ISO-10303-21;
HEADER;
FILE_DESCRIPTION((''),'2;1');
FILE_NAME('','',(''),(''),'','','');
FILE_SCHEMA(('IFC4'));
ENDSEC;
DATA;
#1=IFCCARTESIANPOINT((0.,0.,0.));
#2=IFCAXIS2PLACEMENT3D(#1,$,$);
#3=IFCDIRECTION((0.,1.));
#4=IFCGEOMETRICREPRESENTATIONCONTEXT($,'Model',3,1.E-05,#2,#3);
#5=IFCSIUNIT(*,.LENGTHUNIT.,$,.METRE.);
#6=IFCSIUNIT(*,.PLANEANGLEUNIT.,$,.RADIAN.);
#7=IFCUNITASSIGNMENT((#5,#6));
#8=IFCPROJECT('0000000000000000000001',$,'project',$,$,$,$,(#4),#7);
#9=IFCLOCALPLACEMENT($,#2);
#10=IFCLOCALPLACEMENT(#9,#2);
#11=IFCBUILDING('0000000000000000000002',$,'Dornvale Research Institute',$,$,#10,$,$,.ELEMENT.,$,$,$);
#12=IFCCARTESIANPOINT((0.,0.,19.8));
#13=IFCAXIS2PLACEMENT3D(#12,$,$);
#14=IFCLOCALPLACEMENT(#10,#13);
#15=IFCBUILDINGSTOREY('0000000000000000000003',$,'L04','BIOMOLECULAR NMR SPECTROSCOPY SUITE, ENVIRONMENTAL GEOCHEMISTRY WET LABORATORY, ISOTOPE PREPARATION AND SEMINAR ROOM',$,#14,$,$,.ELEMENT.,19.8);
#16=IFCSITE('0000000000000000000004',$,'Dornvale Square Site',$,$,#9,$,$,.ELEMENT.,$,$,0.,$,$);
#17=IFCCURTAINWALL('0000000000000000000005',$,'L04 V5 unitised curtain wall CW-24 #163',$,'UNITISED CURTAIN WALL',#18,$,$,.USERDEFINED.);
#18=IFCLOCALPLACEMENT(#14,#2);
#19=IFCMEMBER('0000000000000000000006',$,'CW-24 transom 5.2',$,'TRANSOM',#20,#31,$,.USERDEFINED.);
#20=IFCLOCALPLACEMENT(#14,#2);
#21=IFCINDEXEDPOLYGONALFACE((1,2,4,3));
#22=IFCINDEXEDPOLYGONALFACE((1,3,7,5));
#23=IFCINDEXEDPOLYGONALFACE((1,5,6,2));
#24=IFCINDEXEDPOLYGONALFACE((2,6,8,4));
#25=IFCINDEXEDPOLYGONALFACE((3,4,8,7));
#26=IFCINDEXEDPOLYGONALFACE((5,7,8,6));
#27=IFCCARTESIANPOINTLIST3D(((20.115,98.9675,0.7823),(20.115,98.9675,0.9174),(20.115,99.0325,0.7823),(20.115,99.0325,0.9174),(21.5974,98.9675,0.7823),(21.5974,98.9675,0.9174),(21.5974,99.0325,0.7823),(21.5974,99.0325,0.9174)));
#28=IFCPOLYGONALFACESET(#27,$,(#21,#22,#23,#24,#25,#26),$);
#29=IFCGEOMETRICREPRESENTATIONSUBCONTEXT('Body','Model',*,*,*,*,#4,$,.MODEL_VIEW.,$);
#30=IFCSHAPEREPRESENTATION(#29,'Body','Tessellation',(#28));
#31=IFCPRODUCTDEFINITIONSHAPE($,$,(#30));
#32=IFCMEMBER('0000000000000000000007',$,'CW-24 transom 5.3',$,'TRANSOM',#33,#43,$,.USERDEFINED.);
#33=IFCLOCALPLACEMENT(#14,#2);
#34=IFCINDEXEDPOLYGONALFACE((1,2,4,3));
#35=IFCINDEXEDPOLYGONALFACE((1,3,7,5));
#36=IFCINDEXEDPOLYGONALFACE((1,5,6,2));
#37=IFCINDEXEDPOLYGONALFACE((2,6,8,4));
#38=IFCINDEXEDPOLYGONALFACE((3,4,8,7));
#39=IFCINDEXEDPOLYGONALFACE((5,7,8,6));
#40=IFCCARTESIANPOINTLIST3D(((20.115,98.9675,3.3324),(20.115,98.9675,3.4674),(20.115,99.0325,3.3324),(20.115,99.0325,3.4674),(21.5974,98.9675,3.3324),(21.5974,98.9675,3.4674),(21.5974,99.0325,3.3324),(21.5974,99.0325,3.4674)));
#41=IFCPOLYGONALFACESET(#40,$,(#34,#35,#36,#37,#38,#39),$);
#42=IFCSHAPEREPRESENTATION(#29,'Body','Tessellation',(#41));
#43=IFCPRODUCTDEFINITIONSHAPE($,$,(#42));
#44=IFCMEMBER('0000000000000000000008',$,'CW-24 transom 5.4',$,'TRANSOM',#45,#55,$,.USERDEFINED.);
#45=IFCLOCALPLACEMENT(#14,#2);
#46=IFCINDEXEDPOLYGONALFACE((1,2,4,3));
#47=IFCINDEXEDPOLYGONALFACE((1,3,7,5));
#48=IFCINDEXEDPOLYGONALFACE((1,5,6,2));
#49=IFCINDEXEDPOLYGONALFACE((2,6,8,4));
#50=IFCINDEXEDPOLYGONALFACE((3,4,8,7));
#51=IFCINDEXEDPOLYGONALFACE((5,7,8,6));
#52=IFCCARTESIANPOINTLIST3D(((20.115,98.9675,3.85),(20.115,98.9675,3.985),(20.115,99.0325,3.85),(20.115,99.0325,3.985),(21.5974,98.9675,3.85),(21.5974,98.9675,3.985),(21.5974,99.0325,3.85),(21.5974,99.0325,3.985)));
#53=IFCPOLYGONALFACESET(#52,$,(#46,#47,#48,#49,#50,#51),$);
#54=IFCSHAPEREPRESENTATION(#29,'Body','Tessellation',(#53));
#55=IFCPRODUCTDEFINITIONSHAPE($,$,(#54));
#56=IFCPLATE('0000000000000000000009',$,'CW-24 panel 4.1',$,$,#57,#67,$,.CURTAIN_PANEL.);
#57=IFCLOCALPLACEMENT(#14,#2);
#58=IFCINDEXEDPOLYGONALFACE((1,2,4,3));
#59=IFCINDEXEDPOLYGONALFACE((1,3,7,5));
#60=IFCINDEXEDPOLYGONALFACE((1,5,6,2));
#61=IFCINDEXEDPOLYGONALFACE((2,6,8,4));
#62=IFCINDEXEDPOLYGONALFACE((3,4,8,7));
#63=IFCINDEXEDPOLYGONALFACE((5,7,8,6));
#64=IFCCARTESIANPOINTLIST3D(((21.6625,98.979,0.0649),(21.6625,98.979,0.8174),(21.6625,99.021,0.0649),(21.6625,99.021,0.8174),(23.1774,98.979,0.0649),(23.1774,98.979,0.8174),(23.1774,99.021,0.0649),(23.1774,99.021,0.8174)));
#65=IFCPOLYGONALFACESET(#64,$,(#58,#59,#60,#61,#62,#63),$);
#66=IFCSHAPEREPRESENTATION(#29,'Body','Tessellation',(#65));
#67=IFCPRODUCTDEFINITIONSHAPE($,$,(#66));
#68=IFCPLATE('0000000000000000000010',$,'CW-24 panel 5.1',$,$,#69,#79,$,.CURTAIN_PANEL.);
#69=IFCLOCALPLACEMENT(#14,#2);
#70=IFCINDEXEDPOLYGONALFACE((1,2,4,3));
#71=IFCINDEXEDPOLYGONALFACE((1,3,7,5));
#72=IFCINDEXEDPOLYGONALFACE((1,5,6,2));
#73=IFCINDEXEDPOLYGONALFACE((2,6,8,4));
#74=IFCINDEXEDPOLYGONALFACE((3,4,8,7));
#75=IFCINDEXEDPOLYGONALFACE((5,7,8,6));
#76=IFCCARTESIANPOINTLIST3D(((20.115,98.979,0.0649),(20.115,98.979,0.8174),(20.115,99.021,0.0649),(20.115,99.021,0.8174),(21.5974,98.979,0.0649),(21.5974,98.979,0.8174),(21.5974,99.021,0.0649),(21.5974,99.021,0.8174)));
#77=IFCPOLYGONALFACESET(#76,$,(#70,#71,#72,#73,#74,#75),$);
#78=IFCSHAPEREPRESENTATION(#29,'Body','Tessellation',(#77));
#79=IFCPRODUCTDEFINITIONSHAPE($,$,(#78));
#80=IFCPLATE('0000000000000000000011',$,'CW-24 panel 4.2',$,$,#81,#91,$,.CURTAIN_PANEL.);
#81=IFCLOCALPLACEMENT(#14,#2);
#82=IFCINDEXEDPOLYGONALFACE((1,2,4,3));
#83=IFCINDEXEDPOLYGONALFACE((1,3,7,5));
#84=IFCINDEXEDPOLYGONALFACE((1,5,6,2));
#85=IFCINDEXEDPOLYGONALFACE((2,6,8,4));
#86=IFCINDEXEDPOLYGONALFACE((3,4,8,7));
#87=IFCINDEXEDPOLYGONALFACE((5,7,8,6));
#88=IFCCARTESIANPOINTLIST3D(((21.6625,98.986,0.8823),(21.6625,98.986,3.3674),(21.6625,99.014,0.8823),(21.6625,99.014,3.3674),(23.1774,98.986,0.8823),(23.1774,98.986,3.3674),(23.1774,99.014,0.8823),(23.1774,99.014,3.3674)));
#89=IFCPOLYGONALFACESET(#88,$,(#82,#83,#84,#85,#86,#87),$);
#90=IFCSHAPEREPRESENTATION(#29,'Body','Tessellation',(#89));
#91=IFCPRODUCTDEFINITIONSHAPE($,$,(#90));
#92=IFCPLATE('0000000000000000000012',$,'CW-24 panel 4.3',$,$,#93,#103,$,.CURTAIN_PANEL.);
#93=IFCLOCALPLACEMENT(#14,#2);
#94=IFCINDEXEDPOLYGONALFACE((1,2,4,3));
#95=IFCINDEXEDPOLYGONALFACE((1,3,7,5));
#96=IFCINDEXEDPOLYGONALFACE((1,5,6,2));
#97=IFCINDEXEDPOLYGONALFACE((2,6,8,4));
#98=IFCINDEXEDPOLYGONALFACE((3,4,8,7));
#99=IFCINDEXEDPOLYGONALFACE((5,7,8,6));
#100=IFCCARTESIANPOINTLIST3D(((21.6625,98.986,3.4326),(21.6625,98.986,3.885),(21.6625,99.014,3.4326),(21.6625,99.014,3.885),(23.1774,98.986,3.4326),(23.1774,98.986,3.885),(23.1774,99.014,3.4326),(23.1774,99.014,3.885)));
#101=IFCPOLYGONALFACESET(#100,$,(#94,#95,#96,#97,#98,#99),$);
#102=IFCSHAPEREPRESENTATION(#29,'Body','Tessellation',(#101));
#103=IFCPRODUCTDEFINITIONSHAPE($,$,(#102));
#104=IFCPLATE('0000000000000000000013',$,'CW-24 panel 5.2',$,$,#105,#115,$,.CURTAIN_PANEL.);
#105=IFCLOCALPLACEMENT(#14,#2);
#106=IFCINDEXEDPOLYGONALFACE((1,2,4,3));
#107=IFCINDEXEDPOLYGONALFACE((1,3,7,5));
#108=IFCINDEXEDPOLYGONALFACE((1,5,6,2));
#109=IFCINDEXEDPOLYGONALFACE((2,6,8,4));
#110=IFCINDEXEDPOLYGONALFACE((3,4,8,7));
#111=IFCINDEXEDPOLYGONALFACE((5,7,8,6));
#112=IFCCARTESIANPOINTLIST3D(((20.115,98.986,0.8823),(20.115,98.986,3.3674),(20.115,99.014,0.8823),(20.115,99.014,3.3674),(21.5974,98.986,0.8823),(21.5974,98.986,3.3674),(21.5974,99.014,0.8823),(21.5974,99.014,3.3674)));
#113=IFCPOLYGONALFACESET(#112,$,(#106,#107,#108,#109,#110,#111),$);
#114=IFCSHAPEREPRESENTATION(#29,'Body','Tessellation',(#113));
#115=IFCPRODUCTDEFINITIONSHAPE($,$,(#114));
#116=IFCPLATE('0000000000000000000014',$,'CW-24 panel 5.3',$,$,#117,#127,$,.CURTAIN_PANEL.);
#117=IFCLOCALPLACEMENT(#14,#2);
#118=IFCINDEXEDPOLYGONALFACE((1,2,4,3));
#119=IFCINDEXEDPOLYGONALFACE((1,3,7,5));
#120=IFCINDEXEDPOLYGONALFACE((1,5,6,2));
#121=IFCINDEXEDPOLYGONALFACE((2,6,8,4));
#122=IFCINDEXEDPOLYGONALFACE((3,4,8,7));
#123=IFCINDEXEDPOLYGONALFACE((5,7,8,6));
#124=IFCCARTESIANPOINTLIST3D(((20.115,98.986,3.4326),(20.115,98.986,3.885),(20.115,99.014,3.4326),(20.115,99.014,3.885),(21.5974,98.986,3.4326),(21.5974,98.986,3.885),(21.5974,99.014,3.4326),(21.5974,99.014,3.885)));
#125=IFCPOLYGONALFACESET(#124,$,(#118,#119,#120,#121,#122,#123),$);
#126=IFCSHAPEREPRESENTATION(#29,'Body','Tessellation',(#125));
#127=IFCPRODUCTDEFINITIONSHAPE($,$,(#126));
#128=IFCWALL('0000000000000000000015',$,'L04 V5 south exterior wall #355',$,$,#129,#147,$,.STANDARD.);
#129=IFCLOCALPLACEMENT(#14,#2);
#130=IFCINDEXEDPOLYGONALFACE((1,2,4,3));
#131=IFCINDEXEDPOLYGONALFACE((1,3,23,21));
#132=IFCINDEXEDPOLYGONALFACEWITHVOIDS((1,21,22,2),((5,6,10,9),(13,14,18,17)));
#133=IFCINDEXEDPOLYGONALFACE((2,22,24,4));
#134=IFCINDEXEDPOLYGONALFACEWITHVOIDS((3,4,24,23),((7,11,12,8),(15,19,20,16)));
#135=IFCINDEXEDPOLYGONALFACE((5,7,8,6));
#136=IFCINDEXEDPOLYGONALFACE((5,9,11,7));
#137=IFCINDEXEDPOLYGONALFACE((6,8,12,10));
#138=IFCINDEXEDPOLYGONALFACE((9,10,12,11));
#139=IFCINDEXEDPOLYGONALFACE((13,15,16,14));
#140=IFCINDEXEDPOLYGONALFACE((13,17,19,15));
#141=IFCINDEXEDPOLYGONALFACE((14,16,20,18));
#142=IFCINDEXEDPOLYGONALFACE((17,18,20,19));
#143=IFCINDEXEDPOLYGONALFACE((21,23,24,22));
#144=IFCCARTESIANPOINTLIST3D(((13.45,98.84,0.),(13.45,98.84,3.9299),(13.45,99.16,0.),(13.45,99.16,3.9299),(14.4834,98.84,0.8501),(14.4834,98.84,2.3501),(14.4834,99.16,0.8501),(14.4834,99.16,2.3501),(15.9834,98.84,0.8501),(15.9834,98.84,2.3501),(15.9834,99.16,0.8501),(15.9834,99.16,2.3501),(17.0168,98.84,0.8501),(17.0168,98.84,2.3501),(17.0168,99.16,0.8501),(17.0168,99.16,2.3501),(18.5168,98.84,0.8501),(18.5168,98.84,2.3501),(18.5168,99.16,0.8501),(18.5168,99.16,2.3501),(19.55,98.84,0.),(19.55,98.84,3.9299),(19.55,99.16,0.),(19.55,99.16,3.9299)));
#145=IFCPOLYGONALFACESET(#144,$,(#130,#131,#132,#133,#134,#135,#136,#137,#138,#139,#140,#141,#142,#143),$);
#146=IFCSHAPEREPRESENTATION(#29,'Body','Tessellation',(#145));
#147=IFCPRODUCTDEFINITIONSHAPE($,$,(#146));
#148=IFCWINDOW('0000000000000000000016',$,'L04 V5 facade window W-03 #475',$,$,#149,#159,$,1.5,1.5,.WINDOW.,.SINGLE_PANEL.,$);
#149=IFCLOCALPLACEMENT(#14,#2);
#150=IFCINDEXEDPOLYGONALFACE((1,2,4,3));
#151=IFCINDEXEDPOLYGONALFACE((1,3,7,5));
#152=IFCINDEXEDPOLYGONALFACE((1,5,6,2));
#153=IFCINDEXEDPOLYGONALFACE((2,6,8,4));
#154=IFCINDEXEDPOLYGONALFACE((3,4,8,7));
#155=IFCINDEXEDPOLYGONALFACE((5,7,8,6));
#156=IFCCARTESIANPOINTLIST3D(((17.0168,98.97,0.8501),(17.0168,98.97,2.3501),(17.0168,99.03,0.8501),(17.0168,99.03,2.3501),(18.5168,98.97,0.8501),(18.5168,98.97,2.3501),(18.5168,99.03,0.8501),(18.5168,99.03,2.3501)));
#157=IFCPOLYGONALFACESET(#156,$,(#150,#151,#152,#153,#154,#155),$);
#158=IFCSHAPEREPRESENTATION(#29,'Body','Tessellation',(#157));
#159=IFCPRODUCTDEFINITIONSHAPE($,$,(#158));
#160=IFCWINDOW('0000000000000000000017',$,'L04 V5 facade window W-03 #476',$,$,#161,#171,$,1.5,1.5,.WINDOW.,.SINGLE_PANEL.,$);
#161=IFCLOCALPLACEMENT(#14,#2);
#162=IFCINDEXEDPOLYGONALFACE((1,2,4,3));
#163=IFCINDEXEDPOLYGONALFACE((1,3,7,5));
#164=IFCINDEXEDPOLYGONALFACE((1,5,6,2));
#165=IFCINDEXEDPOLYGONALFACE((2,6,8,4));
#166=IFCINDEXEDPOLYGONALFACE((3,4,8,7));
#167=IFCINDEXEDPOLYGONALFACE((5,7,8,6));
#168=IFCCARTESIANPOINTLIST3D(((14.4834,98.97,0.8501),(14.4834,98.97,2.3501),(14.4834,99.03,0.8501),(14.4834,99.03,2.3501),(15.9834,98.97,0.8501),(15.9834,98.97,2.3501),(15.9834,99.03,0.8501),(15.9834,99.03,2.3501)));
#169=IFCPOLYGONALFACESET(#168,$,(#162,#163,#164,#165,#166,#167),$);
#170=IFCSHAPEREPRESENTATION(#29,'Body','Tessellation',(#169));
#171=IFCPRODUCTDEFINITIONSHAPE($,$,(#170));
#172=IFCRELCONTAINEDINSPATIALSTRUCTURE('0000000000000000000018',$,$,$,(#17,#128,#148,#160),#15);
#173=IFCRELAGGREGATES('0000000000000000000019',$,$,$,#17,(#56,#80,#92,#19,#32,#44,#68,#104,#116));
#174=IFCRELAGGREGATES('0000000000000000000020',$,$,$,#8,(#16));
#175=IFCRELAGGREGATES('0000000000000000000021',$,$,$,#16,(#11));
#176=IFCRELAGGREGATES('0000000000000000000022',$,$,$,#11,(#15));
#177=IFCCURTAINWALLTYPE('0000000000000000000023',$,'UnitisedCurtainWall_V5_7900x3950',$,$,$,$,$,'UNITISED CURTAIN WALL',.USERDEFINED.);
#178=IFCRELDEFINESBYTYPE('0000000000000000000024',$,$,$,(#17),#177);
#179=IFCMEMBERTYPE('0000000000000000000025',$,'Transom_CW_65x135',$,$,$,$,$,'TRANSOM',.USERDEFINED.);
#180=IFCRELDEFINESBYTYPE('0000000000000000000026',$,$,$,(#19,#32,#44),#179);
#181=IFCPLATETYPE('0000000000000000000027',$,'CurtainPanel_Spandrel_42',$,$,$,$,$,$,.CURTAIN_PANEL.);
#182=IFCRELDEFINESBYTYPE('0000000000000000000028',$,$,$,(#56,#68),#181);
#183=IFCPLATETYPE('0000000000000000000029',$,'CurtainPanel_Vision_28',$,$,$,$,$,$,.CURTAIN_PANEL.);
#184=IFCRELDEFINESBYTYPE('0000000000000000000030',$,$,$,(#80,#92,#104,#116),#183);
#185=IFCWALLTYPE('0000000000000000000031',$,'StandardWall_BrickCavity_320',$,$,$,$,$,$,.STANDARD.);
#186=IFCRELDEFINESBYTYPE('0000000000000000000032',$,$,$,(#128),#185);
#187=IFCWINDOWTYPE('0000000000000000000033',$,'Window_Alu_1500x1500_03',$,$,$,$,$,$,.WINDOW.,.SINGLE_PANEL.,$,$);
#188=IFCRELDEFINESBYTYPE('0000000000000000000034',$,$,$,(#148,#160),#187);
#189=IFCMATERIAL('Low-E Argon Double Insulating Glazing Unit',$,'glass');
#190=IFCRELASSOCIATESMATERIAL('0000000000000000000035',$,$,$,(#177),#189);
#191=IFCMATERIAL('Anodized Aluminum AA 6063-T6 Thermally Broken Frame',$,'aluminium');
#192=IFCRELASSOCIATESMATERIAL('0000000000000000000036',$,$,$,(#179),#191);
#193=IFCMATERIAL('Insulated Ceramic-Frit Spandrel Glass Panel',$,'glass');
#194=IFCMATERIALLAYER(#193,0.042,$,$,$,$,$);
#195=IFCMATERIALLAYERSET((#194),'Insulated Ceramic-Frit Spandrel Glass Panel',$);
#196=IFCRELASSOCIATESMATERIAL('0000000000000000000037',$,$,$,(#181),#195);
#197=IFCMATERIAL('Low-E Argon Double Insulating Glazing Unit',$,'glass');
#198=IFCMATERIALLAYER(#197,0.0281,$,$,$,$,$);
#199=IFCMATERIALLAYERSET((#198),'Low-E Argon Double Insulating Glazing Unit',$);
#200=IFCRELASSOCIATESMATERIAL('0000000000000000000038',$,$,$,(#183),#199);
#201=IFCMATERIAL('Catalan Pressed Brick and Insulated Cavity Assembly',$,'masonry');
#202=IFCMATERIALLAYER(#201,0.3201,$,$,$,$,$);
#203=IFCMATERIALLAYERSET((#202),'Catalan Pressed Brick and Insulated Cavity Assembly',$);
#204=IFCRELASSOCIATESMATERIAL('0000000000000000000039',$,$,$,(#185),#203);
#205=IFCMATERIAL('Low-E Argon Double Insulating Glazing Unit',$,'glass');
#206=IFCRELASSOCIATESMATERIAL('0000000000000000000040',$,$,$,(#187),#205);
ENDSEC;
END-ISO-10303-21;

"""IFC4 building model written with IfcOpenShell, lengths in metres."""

from ifc_helpers import new_model, si_unit, direction, frame, frame_2d, origin, origin_2d, place, context, subcontext, project, spatial, rectangle, extrude, material, layer, layer_set, material_profile, profile_set, type_object, element, fill, aggregate, save


model = new_model("IFC4")

# Units and contexts
model_context = context("Model", 3, precision=1e-05, world=origin(), true_north=direction((0.0, 1.0)))
body_context = subcontext(model_context, "Body", "Model", "MODEL_VIEW")
ifc_project = project(units=[si_unit("LENGTHUNIT", "METRE"), si_unit("PLANEANGLEUNIT", "RADIAN")], contexts=[model_context])

# Site, building, storey
site_placement = place(None, origin())
site = spatial("IfcSite", under=ifc_project, at=site_placement, Name="Dornvale Square Site", CompositionType="ELEMENT", RefElevation=0.0)
building_placement = place(site_placement, origin())
building = spatial("IfcBuilding", under=site, at=building_placement, Name="Dornvale Research Institute", CompositionType="ELEMENT")
storey_placement = place(building_placement, frame((0.0, 0.0, 19.8)))
storey = spatial("IfcBuildingStorey", under=building, at=storey_placement, Name="L04", Description="BIOMOLECULAR NMR SPECTROSCOPY SUITE, ENVIRONMENTAL GEOCHEMISTRY WET LABORATORY, ISOTOPE PREPARATION AND SEMINAR ROOM", CompositionType="ELEMENT", Elevation=19.8)

# Curtain wall
ifc_material_1 = material(Name="Low-E Argon Double Insulating Glazing Unit", Category="glass")
curtain_wall_type = type_object("IfcCurtainWallType", Name="UnitisedCurtainWall_V5_7900x3950", ElementType="UNITISED CURTAIN WALL", PredefinedType="USERDEFINED", material=ifc_material_1)
curtain_wall_placement = place(storey_placement, origin())
curtain_wall = element("IfcCurtainWall", 1, at=curtain_wall_placement, inside=storey, type_object=curtain_wall_type, Name="L04 V5 unitised curtain wall CW-24 #163", ObjectType="UNITISED CURTAIN WALL", PredefinedType="USERDEFINED")

# Members
ifc_material_2 = material(Name="Anodized Aluminum AA 6063-T6 Thermally Broken Frame", Category="aluminium")
ifc_material_profile_1 = material_profile(ifc_material_2, rectangle(XDim=0.0649, YDim=0.135, at=origin_2d()), Name="ALU TRANSOM 65x135")
ifc_profile_set_1 = profile_set([ifc_material_profile_1], Name="Anodized Aluminum AA 6063-T6 Thermally Broken Frame")
member_type_1 = type_object("IfcMemberType", Name="Transom_CW_65x135", ElementType="TRANSOM", PredefinedType="USERDEFINED", material=ifc_profile_set_1)
member_1_placement = place(storey_placement, frame((21.5974, 99.0, 0.8499), z_axis=(-1.0, 0.0, 0.0), x_axis=(0.0, -1.0, 0.0)))
member_1 = element("IfcMember", 2, at=member_1_placement, type_object=member_type_1, Name="CW-24 transom 5.2", ObjectType="TRANSOM", PredefinedType="USERDEFINED", context=body_context, shape_type="SweptSolid", body=[
    extrude(rectangle(XDim=0.0649, YDim=0.135, at=origin_2d()), origin(), (0.0, 0.0, 1.0), 1.4824),
])
member_2_placement = place(storey_placement, frame((21.5974, 99.0, 3.3999), z_axis=(-1.0, 0.0, 0.0), x_axis=(0.0, -1.0, 0.0)))
member_2 = element("IfcMember", 3, at=member_2_placement, type_object=member_type_1, Name="CW-24 transom 5.3", ObjectType="TRANSOM", PredefinedType="USERDEFINED", context=body_context, shape_type="SweptSolid", body=[
    extrude(rectangle(XDim=0.0649, YDim=0.135, at=origin_2d()), origin(), (0.0, 0.0, 1.0), 1.4824),
])
member_3_placement = place(storey_placement, frame((21.5974, 99.0, 3.9175), z_axis=(-1.0, 0.0, 0.0), x_axis=(0.0, -1.0, 0.0)))
member_3 = element("IfcMember", 4, at=member_3_placement, type_object=member_type_1, Name="CW-24 transom 5.4", ObjectType="TRANSOM", PredefinedType="USERDEFINED", context=body_context, shape_type="SweptSolid", body=[
    extrude(rectangle(XDim=0.0649, YDim=0.135, at=origin_2d()), origin(), (0.0, 0.0, 1.0), 1.4824),
])

# Plates
ifc_material_3 = material(Name="Insulated Ceramic-Frit Spandrel Glass Panel", Category="glass")
ifc_layer_1 = layer(ifc_material_3, 0.042)
ifc_layer_set_1 = layer_set([ifc_layer_1], Name="Insulated Ceramic-Frit Spandrel Glass Panel")
plate_type_1 = type_object("IfcPlateType", Name="CurtainPanel_Spandrel_42", PredefinedType="CURTAIN_PANEL", material=ifc_layer_set_1)
plate_1_placement = place(storey_placement, frame((22.4199, 99.0, 0.0649), z_axis=(0.0, 0.0, 1.0), x_axis=(-1.0, 0.0, 0.0)))
plate_1 = element("IfcPlate", 5, at=plate_1_placement, type_object=plate_type_1, Name="CW-24 panel 4.1", PredefinedType="CURTAIN_PANEL", context=body_context, shape_type="SweptSolid", body=[
    extrude(rectangle(XDim=1.5149, YDim=0.042, at=origin_2d()), origin(), (0.0, 0.0, 1.0), 0.7524),
])
plate_2_placement = place(storey_placement, frame((20.8562, 99.0, 0.0649), z_axis=(0.0, 0.0, 1.0), x_axis=(-1.0, 0.0, 0.0)))
plate_2 = element("IfcPlate", 6, at=plate_2_placement, type_object=plate_type_1, Name="CW-24 panel 5.1", PredefinedType="CURTAIN_PANEL", context=body_context, shape_type="SweptSolid", body=[
    extrude(rectangle(XDim=1.4824, YDim=0.042, at=origin_2d()), origin(), (0.0, 0.0, 1.0), 0.7524),
])
ifc_material_4 = material(Name="Low-E Argon Double Insulating Glazing Unit", Category="glass")
ifc_layer_2 = layer(ifc_material_4, 0.0281)
ifc_layer_set_2 = layer_set([ifc_layer_2], Name="Low-E Argon Double Insulating Glazing Unit")
plate_type_2 = type_object("IfcPlateType", Name="CurtainPanel_Vision_28", PredefinedType="CURTAIN_PANEL", material=ifc_layer_set_2)
plate_3_placement = place(storey_placement, frame((22.4199, 99.0, 0.8823), z_axis=(0.0, 0.0, 1.0), x_axis=(-1.0, 0.0, 0.0)))
plate_3 = element("IfcPlate", 7, at=plate_3_placement, type_object=plate_type_2, Name="CW-24 panel 4.2", PredefinedType="CURTAIN_PANEL", context=body_context, shape_type="SweptSolid", body=[
    extrude(rectangle(XDim=1.5149, YDim=0.0281, at=origin_2d()), origin(), (0.0, 0.0, 1.0), 2.4851),
])
plate_4_placement = place(storey_placement, frame((22.4199, 99.0, 3.4326), z_axis=(0.0, 0.0, 1.0), x_axis=(-1.0, 0.0, 0.0)))
plate_4 = element("IfcPlate", 8, at=plate_4_placement, type_object=plate_type_2, Name="CW-24 panel 4.3", PredefinedType="CURTAIN_PANEL", context=body_context, shape_type="SweptSolid", body=[
    extrude(rectangle(XDim=1.5149, YDim=0.0281, at=origin_2d()), origin(), (0.0, 0.0, 1.0), 0.4524),
])
plate_5_placement = place(storey_placement, frame((20.8562, 99.0, 0.8823), z_axis=(0.0, 0.0, 1.0), x_axis=(-1.0, 0.0, 0.0)))
plate_5 = element("IfcPlate", 9, at=plate_5_placement, type_object=plate_type_2, Name="CW-24 panel 5.2", PredefinedType="CURTAIN_PANEL", context=body_context, shape_type="SweptSolid", body=[
    extrude(rectangle(XDim=1.4824, YDim=0.0281, at=origin_2d()), origin(), (0.0, 0.0, 1.0), 2.4851),
])
plate_6_placement = place(storey_placement, frame((20.8562, 99.0, 3.4326), z_axis=(0.0, 0.0, 1.0), x_axis=(-1.0, 0.0, 0.0)))
plate_6 = element("IfcPlate", 10, at=plate_6_placement, type_object=plate_type_2, Name="CW-24 panel 5.3", PredefinedType="CURTAIN_PANEL", context=body_context, shape_type="SweptSolid", body=[
    extrude(rectangle(XDim=1.4824, YDim=0.0281, at=origin_2d()), origin(), (0.0, 0.0, 1.0), 0.4524),
])
aggregate(curtain_wall, [plate_1, plate_3, plate_4, member_1, member_2, member_3, plate_2, plate_5, plate_6])

# Wall, openings, windows
ifc_material_5 = material(Name="Catalan Pressed Brick and Insulated Cavity Assembly", Category="masonry")
ifc_layer_3 = layer(ifc_material_5, 0.3201)
ifc_layer_set_3 = layer_set([ifc_layer_3], Name="Catalan Pressed Brick and Insulated Cavity Assembly")
wall_type = type_object("IfcWallType", Name="StandardWall_BrickCavity_320", PredefinedType="STANDARD", material=ifc_layer_set_3)
wall_placement = place(storey_placement, frame((19.55, 99.0, 0.0), z_axis=(0.0, 0.0, 1.0), x_axis=(-1.0, 0.0, 0.0)))
wall = element("IfcWall", 11, at=wall_placement, inside=storey, type_object=wall_type, Name="L04 V5 south exterior wall #355", PredefinedType="STANDARD", context=body_context, shape_type="SweptSolid", body=[
    extrude(rectangle(XDim=6.1001, YDim=0.3201, at=frame_2d((3.05, 0.0))), origin(), (0.0, 0.0, 1.0), 3.9299),
])
opening_1_placement = place(wall_placement, frame((1.0332, 0.0, 0.8501)))
opening_1 = element("IfcOpeningElement", 12, at=opening_1_placement, cuts=wall, PredefinedType="OPENING", context=body_context, shape_type="SweptSolid", body=[
    extrude(rectangle(XDim=1.5, YDim=1.5, at=frame_2d((0.75, 0.75))), frame((0.0, 0.175, 0.0), z_axis=(0.0, -1.0, 0.0), x_axis=(1.0, 0.0, 0.0)), (0.0, 0.0, 1.0), 0.3501),
])
opening_2_placement = place(wall_placement, frame((3.5667, 0.0, 0.8501)))
opening_2 = element("IfcOpeningElement", 13, at=opening_2_placement, cuts=wall, PredefinedType="OPENING", context=body_context, shape_type="SweptSolid", body=[
    extrude(rectangle(XDim=1.5, YDim=1.5, at=frame_2d((0.75, 0.75))), frame((0.0, 0.175, 0.0), z_axis=(0.0, -1.0, 0.0), x_axis=(1.0, 0.0, 0.0)), (0.0, 0.0, 1.0), 0.3501),
])
ifc_material_6 = material(Name="Low-E Argon Double Insulating Glazing Unit", Category="glass")
window_type = type_object("IfcWindowType", Name="Window_Alu_1500x1500_03", PartitioningType="SINGLE_PANEL", PredefinedType="WINDOW", material=ifc_material_6)
window_1_placement = place(opening_1_placement, origin())
window_1 = element("IfcWindow", 14, at=window_1_placement, inside=storey, type_object=window_type, Name="L04 V5 facade window W-03 #475", OverallHeight=1.5, OverallWidth=1.5, PartitioningType="SINGLE_PANEL", PredefinedType="WINDOW", context=body_context, shape_type="SweptSolid", body=[
    extrude(rectangle(XDim=1.5, YDim=1.5, at=frame_2d((0.75, 0.75))), frame((0.0, 0.03, 0.0), z_axis=(0.0, -1.0, 0.0), x_axis=(1.0, 0.0, 0.0)), (0.0, 0.0, 1.0), 0.0601),
])
fill(opening_1, window_1)
window_2_placement = place(opening_2_placement, origin())
window_2 = element("IfcWindow", 15, at=window_2_placement, inside=storey, type_object=window_type, Name="L04 V5 facade window W-03 #476", OverallHeight=1.5, OverallWidth=1.5, PartitioningType="SINGLE_PANEL", PredefinedType="WINDOW", context=body_context, shape_type="SweptSolid", body=[
    extrude(rectangle(XDim=1.5, YDim=1.5, at=frame_2d((0.75, 0.75))), frame((0.0, 0.03, 0.0), z_axis=(0.0, -1.0, 0.0), x_axis=(1.0, 0.0, 0.0)), (0.0, 0.0, 1.0), 0.0601),
])
fill(opening_2, window_2)

save(model, "model.ifc")
